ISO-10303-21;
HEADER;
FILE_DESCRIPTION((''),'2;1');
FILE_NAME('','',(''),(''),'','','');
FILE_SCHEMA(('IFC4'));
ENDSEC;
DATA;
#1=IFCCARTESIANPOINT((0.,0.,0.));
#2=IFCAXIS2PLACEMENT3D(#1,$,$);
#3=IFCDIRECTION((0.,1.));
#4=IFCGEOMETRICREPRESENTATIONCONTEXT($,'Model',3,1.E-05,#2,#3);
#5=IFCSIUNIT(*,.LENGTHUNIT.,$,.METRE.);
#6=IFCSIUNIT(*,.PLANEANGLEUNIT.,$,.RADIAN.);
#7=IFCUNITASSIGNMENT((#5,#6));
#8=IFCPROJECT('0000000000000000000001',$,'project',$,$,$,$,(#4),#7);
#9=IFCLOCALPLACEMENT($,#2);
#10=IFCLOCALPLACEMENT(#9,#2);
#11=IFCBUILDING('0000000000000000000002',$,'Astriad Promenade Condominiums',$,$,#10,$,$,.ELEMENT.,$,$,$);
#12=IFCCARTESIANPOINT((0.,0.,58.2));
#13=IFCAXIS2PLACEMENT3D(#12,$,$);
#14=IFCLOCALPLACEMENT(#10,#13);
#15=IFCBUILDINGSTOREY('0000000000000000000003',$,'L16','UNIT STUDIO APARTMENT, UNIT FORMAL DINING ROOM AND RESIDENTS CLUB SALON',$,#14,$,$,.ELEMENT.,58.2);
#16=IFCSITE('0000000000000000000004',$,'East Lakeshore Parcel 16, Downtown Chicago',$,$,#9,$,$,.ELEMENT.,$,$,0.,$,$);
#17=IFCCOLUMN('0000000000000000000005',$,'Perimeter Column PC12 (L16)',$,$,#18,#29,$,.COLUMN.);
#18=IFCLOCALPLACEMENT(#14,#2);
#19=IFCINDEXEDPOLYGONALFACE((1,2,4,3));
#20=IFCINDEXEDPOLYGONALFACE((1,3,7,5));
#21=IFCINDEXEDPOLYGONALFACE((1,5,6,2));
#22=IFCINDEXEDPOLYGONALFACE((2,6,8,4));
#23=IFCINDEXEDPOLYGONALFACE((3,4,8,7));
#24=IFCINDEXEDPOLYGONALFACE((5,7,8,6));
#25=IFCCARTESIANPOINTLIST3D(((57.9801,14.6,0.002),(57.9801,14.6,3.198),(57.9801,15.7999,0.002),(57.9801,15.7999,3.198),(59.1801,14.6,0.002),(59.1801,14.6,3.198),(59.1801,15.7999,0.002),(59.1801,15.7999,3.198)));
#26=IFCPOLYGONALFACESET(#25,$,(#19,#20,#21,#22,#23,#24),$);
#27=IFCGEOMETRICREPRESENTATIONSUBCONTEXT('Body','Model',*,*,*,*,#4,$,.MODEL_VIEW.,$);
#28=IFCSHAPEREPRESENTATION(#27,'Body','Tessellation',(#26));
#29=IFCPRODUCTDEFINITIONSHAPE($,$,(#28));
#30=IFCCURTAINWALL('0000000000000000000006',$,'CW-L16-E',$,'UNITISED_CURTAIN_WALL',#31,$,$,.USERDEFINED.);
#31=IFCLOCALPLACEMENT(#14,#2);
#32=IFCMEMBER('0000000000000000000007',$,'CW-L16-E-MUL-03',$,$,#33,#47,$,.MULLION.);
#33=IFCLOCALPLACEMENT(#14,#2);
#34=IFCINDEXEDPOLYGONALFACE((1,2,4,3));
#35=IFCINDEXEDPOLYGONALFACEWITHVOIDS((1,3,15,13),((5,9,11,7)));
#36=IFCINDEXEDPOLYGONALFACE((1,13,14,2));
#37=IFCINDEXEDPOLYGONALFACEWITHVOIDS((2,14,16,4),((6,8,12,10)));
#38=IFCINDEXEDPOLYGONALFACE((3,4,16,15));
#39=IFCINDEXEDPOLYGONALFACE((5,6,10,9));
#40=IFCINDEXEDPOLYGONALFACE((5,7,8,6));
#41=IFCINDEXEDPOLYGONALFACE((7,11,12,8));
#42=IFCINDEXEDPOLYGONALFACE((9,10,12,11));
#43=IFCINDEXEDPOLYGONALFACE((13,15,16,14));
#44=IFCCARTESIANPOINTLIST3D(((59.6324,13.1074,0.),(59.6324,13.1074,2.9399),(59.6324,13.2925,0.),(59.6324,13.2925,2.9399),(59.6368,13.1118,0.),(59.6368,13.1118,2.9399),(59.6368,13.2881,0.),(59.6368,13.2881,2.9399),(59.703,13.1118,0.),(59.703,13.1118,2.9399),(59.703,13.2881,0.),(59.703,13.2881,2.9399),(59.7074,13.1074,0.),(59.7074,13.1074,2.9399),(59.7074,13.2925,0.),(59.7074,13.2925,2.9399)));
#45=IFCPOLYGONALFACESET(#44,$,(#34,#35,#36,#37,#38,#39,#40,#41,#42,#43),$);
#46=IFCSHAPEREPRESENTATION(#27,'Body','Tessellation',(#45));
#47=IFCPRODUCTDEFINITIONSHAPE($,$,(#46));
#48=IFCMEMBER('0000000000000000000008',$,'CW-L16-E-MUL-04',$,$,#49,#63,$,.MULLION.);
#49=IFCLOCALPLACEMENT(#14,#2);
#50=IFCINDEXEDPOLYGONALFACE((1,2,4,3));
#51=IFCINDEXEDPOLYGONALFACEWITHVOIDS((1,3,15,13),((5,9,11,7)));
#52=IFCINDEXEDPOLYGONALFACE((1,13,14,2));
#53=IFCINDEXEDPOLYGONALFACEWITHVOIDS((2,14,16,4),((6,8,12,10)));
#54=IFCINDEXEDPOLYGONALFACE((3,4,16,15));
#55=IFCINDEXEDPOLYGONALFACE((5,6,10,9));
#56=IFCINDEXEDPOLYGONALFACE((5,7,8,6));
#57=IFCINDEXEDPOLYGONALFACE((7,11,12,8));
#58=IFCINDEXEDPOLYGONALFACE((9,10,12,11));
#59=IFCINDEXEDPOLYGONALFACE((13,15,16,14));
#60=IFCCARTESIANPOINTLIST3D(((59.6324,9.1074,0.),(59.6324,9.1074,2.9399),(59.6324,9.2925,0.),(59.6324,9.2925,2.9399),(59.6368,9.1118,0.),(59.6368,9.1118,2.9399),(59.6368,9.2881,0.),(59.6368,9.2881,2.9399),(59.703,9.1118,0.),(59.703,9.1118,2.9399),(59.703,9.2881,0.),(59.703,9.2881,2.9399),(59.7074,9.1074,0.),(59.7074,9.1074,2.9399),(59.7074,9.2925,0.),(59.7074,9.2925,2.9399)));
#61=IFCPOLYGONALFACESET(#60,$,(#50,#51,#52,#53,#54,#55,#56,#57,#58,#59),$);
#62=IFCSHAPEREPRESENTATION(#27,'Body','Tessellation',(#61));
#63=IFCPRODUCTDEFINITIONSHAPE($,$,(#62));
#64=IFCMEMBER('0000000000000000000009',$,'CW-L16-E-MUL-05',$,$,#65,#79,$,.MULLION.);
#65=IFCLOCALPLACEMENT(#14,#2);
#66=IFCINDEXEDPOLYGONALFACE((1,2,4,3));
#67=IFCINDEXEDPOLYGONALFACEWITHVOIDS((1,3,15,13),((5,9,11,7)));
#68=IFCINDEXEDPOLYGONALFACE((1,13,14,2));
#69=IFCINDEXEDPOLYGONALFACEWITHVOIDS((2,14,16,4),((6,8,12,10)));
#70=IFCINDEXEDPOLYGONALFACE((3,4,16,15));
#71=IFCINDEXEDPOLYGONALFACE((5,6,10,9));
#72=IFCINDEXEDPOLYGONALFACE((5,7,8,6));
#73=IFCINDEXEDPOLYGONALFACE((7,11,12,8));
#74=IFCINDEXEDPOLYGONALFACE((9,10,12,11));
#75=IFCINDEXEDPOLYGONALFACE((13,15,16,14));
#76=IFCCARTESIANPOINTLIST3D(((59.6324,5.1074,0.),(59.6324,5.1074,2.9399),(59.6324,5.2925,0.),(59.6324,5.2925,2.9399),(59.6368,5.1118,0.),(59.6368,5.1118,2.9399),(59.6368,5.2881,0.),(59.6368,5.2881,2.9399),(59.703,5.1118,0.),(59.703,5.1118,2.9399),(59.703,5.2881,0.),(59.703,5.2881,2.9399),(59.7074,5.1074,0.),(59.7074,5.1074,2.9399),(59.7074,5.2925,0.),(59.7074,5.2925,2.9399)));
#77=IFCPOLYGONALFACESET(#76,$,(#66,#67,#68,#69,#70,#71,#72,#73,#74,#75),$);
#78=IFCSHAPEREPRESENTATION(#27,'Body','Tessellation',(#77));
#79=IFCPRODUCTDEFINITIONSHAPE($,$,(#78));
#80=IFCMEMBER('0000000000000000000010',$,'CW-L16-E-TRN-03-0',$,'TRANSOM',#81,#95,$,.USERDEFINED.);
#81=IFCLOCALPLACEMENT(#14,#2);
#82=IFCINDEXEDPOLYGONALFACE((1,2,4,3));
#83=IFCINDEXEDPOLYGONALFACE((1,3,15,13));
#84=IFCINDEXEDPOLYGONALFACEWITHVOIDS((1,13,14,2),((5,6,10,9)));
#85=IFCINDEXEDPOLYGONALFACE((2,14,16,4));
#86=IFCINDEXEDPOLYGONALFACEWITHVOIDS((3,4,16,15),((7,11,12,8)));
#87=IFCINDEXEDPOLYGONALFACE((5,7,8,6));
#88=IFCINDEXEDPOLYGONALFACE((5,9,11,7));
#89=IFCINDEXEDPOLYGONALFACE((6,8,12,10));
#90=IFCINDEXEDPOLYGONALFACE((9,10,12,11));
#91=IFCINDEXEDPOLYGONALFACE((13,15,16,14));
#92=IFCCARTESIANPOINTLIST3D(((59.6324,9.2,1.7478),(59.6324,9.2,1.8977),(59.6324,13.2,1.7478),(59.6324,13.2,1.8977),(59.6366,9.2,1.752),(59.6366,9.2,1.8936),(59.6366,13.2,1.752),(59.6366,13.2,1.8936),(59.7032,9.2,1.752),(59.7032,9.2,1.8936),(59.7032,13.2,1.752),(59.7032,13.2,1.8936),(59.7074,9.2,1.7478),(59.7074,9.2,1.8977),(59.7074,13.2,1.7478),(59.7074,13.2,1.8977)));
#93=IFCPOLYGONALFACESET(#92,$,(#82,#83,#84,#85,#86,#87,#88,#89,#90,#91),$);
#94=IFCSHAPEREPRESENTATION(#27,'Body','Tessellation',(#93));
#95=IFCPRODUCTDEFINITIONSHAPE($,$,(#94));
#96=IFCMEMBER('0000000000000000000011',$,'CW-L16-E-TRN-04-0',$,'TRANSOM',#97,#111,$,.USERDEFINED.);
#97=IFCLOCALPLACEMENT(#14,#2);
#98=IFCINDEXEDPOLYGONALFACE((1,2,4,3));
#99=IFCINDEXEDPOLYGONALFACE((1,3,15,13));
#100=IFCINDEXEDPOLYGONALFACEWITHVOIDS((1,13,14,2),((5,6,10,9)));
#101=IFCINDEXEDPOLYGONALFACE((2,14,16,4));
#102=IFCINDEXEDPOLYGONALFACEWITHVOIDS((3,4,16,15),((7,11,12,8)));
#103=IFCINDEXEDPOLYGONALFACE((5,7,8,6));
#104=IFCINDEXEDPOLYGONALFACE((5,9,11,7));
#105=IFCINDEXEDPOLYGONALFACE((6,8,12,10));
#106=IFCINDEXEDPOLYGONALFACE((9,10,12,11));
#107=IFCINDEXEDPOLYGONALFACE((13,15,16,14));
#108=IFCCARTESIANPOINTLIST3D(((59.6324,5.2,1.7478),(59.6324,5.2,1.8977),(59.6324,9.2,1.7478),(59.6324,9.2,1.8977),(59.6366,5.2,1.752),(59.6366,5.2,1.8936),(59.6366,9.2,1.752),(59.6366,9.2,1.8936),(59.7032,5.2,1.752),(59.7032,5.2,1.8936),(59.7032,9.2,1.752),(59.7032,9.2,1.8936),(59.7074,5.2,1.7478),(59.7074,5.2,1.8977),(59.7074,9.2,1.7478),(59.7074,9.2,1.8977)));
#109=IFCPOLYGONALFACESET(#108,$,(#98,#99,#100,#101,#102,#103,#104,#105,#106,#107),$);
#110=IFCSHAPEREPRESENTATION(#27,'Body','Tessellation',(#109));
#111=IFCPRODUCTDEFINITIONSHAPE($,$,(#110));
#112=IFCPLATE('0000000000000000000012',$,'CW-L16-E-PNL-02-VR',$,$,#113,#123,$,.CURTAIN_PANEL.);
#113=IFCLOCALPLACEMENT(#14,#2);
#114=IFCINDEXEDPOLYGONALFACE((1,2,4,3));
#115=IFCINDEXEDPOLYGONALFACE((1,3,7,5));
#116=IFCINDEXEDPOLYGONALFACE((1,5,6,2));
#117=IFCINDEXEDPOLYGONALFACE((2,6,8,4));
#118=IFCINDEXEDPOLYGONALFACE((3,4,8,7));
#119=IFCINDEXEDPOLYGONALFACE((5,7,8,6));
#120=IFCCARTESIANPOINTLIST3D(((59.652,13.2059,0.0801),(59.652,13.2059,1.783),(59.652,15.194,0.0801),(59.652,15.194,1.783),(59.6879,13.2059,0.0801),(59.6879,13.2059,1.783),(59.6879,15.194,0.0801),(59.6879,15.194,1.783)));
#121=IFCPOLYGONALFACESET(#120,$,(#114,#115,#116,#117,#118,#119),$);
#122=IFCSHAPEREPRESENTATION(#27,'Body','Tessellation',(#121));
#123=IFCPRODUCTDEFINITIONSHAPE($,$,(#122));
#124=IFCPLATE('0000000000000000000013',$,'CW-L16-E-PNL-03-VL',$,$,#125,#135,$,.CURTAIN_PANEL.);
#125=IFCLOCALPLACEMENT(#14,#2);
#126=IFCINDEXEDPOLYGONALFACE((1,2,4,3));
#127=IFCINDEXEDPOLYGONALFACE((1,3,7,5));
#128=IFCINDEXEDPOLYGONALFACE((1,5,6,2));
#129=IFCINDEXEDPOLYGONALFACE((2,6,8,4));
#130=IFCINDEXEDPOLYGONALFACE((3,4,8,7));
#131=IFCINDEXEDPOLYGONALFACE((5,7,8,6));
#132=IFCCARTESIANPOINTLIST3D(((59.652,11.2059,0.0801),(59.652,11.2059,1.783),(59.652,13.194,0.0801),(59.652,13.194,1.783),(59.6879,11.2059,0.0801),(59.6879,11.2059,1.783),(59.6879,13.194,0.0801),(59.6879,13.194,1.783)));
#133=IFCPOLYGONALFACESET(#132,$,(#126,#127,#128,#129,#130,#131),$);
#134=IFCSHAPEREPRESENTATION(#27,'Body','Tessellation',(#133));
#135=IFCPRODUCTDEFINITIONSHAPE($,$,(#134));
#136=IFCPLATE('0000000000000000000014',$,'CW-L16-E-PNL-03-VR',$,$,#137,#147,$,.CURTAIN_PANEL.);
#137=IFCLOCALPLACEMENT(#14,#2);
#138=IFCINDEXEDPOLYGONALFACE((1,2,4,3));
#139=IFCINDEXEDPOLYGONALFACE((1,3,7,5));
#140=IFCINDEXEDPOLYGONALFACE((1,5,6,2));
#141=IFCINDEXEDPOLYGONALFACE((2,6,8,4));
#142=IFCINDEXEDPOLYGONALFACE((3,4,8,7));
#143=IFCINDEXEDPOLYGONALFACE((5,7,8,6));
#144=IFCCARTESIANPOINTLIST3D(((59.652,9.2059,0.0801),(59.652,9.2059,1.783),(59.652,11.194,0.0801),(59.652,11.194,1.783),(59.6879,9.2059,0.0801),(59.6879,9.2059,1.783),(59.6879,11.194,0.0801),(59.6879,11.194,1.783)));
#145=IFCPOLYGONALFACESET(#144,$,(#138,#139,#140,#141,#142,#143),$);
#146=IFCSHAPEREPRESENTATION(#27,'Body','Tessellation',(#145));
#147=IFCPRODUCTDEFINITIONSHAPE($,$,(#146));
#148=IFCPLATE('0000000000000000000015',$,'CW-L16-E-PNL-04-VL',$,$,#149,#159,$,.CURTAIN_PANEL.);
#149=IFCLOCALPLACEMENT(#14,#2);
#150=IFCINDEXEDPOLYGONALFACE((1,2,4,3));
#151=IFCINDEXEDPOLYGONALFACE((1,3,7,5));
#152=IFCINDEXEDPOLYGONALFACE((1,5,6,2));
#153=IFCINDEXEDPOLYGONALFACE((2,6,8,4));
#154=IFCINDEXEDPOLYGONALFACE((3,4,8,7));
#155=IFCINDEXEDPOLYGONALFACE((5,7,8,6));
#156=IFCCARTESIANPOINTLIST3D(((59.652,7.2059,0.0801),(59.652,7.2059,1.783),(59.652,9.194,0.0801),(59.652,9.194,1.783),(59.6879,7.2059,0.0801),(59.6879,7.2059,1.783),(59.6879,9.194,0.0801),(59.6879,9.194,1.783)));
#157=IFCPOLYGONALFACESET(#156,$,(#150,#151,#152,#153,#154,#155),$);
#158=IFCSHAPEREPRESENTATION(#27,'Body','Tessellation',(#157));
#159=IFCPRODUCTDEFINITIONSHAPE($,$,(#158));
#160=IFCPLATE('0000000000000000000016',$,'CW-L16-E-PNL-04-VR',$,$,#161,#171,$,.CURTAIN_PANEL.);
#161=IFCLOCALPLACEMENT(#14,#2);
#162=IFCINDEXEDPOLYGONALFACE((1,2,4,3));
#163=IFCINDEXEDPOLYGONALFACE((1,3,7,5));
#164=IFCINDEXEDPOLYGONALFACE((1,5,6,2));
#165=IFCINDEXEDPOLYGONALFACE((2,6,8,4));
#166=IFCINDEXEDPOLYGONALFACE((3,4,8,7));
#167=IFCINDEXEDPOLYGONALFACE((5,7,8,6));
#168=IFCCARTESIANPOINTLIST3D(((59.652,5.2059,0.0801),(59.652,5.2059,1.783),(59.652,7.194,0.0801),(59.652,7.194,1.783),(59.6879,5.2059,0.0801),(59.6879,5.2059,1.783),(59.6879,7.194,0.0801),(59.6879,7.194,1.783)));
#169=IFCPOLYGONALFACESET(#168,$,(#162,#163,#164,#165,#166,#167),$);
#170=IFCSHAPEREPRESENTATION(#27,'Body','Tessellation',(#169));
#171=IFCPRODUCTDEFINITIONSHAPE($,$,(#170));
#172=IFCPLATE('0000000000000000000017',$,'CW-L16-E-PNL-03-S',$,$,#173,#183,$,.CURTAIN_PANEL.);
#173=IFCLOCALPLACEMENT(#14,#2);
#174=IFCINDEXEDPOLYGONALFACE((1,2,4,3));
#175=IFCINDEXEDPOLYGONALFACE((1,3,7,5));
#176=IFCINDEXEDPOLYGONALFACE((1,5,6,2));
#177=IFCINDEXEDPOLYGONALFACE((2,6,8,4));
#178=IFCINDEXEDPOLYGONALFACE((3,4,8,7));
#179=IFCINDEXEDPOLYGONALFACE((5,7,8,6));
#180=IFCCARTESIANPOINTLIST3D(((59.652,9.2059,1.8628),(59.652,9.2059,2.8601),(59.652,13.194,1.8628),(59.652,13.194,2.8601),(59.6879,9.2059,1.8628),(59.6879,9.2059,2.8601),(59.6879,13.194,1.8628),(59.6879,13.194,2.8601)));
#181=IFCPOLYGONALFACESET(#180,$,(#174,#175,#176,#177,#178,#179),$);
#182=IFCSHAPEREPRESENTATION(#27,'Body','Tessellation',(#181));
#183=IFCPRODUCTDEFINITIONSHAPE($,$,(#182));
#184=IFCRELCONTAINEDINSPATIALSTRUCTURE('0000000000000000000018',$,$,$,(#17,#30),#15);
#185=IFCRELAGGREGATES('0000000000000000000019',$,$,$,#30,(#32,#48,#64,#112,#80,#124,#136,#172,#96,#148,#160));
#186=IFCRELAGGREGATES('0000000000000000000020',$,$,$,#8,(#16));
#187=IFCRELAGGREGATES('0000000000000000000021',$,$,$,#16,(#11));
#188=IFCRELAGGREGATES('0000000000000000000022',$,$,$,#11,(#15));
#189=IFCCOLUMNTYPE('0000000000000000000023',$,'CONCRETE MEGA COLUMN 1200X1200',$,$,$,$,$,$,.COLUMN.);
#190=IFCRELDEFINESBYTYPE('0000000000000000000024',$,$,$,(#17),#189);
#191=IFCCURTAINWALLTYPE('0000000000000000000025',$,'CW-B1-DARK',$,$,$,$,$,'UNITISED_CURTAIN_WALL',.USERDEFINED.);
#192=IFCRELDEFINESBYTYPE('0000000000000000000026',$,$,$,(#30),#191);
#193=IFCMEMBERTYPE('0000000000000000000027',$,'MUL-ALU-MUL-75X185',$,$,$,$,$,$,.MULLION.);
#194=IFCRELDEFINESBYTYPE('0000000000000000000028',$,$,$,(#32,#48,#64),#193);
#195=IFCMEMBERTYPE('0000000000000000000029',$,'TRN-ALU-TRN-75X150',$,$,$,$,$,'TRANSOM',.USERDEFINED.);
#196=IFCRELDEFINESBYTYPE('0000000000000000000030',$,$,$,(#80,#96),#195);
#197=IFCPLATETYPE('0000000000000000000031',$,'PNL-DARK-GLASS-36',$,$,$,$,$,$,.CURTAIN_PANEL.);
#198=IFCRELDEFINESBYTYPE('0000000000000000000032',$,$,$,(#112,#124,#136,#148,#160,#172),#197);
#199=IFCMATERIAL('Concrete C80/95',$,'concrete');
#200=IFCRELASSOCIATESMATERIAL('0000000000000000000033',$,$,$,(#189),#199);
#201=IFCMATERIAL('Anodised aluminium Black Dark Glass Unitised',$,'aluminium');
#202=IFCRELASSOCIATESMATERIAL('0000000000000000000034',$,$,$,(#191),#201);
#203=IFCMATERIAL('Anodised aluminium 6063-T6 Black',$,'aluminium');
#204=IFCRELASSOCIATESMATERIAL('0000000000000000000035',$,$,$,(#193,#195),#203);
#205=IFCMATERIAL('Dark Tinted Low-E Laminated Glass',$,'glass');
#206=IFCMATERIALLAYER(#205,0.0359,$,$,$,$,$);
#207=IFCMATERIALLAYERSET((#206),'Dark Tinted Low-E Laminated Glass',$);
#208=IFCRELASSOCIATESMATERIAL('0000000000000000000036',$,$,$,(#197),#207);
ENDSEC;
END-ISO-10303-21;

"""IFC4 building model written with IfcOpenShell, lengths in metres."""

from ifc_helpers import new_model, si_unit, direction, frame, origin, origin_2d, place, context, subcontext, project, spatial, rectangle, hollow_rectangle, extrude, source, transform, mapped, material, layer, layer_set, material_profile, profile_set, type_object, type_shapes, element, aggregate, save


model = new_model("IFC4")

# Units and contexts
model_context = context("Model", 3, precision=1e-05, world=origin(), true_north=direction((0.0, 1.0)))
body_context = subcontext(model_context, "Body", "Model", "MODEL_VIEW")
ifc_project = project(units=[si_unit("LENGTHUNIT", "METRE"), si_unit("PLANEANGLEUNIT", "RADIAN")], contexts=[model_context])

# Site, building, storey
site_placement = place(None, origin())
site = spatial("IfcSite", under=ifc_project, at=site_placement, Name="East Lakeshore Parcel 16, Downtown Chicago", CompositionType="ELEMENT", RefElevation=0.0)
building_placement = place(site_placement, origin())
building = spatial("IfcBuilding", under=site, at=building_placement, Name="Astriad Promenade Condominiums", CompositionType="ELEMENT")
storey_placement = place(building_placement, frame((0.0, 0.0, 58.2)))
storey = spatial("IfcBuildingStorey", under=building, at=storey_placement, Name="L16", Description="UNIT STUDIO APARTMENT, UNIT FORMAL DINING ROOM AND RESIDENTS CLUB SALON", CompositionType="ELEMENT", Elevation=58.2)

# Column
ifc_material_1 = material(Name="Concrete C80/95", Category="concrete")
ifc_material_profile_1 = material_profile(ifc_material_1, rectangle(XDim=1.2, YDim=1.2, at=origin_2d()), Name="RC-COL-1200X1200")
ifc_profile_set_1 = profile_set([ifc_material_profile_1], Name="Concrete C80/95")
column_type = type_object("IfcColumnType", Name="CONCRETE MEGA COLUMN 1200X1200", PredefinedType="COLUMN", material=ifc_profile_set_1)
shared_shape_1 = source(origin(), body_context, "Body", "SweptSolid", [
    extrude(rectangle(XDim=1.2, YDim=1.2, at=origin_2d()), origin(), (0.0, 0.0, 1.0), 3.196),
])
type_shapes(column_type, [shared_shape_1])
column_placement = place(storey_placement, frame((58.5801, 15.2, 0.002), z_axis=(0.0, 0.0, 1.0), x_axis=(1.0, 0.0, 0.0)))
element("IfcColumn", 1, at=column_placement, inside=storey, type_object=column_type, Name="Perimeter Column PC12 (L16)", PredefinedType="COLUMN", context=body_context, shape_type="MappedRepresentation", body=[
    mapped(shared_shape_1, transform((0.0, 0.0, 0.0), scale=1.0)),
])

# Curtain wall, members, plates
ifc_material_2 = material(Name="Anodised aluminium Black Dark Glass Unitised", Category="aluminium")
curtain_wall_type = type_object("IfcCurtainWallType", Name="CW-B1-DARK", ElementType="UNITISED_CURTAIN_WALL", PredefinedType="USERDEFINED", material=ifc_material_2)
curtain_wall_placement = place(storey_placement, origin())
curtain_wall = element("IfcCurtainWall", 2, at=curtain_wall_placement, inside=storey, type_object=curtain_wall_type, Name="CW-L16-E", ObjectType="UNITISED_CURTAIN_WALL", PredefinedType="USERDEFINED")
ifc_material_3 = material(Name="Anodised aluminium 6063-T6 Black", Category="aluminium")
ifc_material_profile_2 = material_profile(ifc_material_3, hollow_rectangle(XDim=0.075, YDim=0.1851, WallThickness=0.0044, at=origin_2d()), Name="ALU-MUL-75X185")
ifc_profile_set_2 = profile_set([ifc_material_profile_2], Name="Anodised aluminium 6063-T6 Black")
member_type_1 = type_object("IfcMemberType", Name="MUL-ALU-MUL-75X185", PredefinedType="MULLION", material=ifc_profile_set_2)
shared_shape_2 = source(origin(), body_context, "Body", "SweptSolid", [
    extrude(hollow_rectangle(XDim=0.075, YDim=0.1851, WallThickness=0.0044, at=origin_2d()), origin(), (0.0, 0.0, 1.0), 2.9399),
])
type_shapes(member_type_1, [shared_shape_2])
member_1_placement = place(storey_placement, frame((59.6699, 13.2, 0.0), z_axis=(0.0, 0.0, 1.0), x_axis=(1.0, 0.0, 0.0)))
member_1 = element("IfcMember", 3, at=member_1_placement, type_object=member_type_1, Name="CW-L16-E-MUL-03", PredefinedType="MULLION", context=body_context, shape_type="MappedRepresentation", body=[
    mapped(shared_shape_2, transform((0.0, 0.0, 0.0), scale=1.0)),
])
member_2_placement = place(storey_placement, frame((59.6699, 9.2, 0.0), z_axis=(0.0, 0.0, 1.0), x_axis=(1.0, 0.0, 0.0)))
member_2 = element("IfcMember", 4, at=member_2_placement, type_object=member_type_1, Name="CW-L16-E-MUL-04", PredefinedType="MULLION", context=body_context, shape_type="MappedRepresentation", body=[
    mapped(shared_shape_2, transform((0.0, 0.0, 0.0), scale=1.0)),
])
member_3_placement = place(storey_placement, frame((59.6699, 5.2, 0.0), z_axis=(0.0, 0.0, 1.0), x_axis=(1.0, 0.0, 0.0)))
member_3 = element("IfcMember", 5, at=member_3_placement, type_object=member_type_1, Name="CW-L16-E-MUL-05", PredefinedType="MULLION", context=body_context, shape_type="MappedRepresentation", body=[
    mapped(shared_shape_2, transform((0.0, 0.0, 0.0), scale=1.0)),
])
ifc_material_profile_3 = material_profile(ifc_material_3, hollow_rectangle(XDim=0.075, YDim=0.1499, WallThickness=0.0042, at=origin_2d()), Name="ALU-TRN-75X150")
ifc_profile_set_3 = profile_set([ifc_material_profile_3], Name="Anodised aluminium 6063-T6 Black")
member_type_2 = type_object("IfcMemberType", Name="TRN-ALU-TRN-75X150", ElementType="TRANSOM", PredefinedType="USERDEFINED", material=ifc_profile_set_3)
shared_shape_3 = source(origin(), body_context, "Body", "SweptSolid", [
    extrude(hollow_rectangle(XDim=0.075, YDim=0.1499, WallThickness=0.0042, at=origin_2d()), origin(), (0.0, 0.0, 1.0), 4.0),
])
type_shapes(member_type_2, [shared_shape_3])
member_4_placement = place(storey_placement, frame((59.6699, 13.2, 1.8228), z_axis=(0.0, -1.0, 0.0), x_axis=(1.0, 0.0, 0.0)))
member_4 = element("IfcMember", 6, at=member_4_placement, type_object=member_type_2, Name="CW-L16-E-TRN-03-0", ObjectType="TRANSOM", PredefinedType="USERDEFINED", context=body_context, shape_type="MappedRepresentation", body=[
    mapped(shared_shape_3, transform((0.0, 0.0, 0.0), scale=1.0)),
])
member_5_placement = place(storey_placement, frame((59.6699, 9.2, 1.8228), z_axis=(0.0, -1.0, 0.0), x_axis=(1.0, 0.0, 0.0)))
member_5 = element("IfcMember", 7, at=member_5_placement, type_object=member_type_2, Name="CW-L16-E-TRN-04-0", ObjectType="TRANSOM", PredefinedType="USERDEFINED", context=body_context, shape_type="MappedRepresentation", body=[
    mapped(shared_shape_3, transform((0.0, 0.0, 0.0), scale=1.0)),
])
ifc_material_4 = material(Name="Dark Tinted Low-E Laminated Glass", Category="glass")
ifc_layer_1 = layer(ifc_material_4, 0.0359)
ifc_layer_set_1 = layer_set([ifc_layer_1], Name="Dark Tinted Low-E Laminated Glass")
plate_type = type_object("IfcPlateType", Name="PNL-DARK-GLASS-36", PredefinedType="CURTAIN_PANEL", material=ifc_layer_set_1)
shared_shape_4 = source(origin(), body_context, "Body", "SweptSolid", [
    extrude(rectangle(XDim=1.988, YDim=0.0359, at=origin_2d()), origin(), (0.0, 0.0, 1.0), 1.7029),
])
plate_1_placement = place(storey_placement, frame((59.6699, 14.2, 0.0801), z_axis=(0.0, 0.0, 1.0), x_axis=(0.0, -1.0, 0.0)))
plate_1 = element("IfcPlate", 8, at=plate_1_placement, type_object=plate_type, Name="CW-L16-E-PNL-02-VR", PredefinedType="CURTAIN_PANEL", context=body_context, shape_type="MappedRepresentation", body=[
    mapped(shared_shape_4, transform((0.0, 0.0, 0.0), scale=1.0)),
])
plate_2_placement = place(storey_placement, frame((59.6699, 12.2, 0.0801), z_axis=(0.0, 0.0, 1.0), x_axis=(0.0, -1.0, 0.0)))
plate_2 = element("IfcPlate", 9, at=plate_2_placement, type_object=plate_type, Name="CW-L16-E-PNL-03-VL", PredefinedType="CURTAIN_PANEL", context=body_context, shape_type="MappedRepresentation", body=[
    mapped(shared_shape_4, transform((0.0, 0.0, 0.0), scale=1.0)),
])
plate_3_placement = place(storey_placement, frame((59.6699, 10.2, 0.0801), z_axis=(0.0, 0.0, 1.0), x_axis=(0.0, -1.0, 0.0)))
plate_3 = element("IfcPlate", 10, at=plate_3_placement, type_object=plate_type, Name="CW-L16-E-PNL-03-VR", PredefinedType="CURTAIN_PANEL", context=body_context, shape_type="MappedRepresentation", body=[
    mapped(shared_shape_4, transform((0.0, 0.0, 0.0), scale=1.0)),
])
plate_4_placement = place(storey_placement, frame((59.6699, 8.2, 0.0801), z_axis=(0.0, 0.0, 1.0), x_axis=(0.0, -1.0, 0.0)))
plate_4 = element("IfcPlate", 11, at=plate_4_placement, type_object=plate_type, Name="CW-L16-E-PNL-04-VL", PredefinedType="CURTAIN_PANEL", context=body_context, shape_type="MappedRepresentation", body=[
    mapped(shared_shape_4, transform((0.0, 0.0, 0.0), scale=1.0)),
])
plate_5_placement = place(storey_placement, frame((59.6699, 6.2, 0.0801), z_axis=(0.0, 0.0, 1.0), x_axis=(0.0, -1.0, 0.0)))
plate_5 = element("IfcPlate", 12, at=plate_5_placement, type_object=plate_type, Name="CW-L16-E-PNL-04-VR", PredefinedType="CURTAIN_PANEL", context=body_context, shape_type="MappedRepresentation", body=[
    mapped(shared_shape_4, transform((0.0, 0.0, 0.0), scale=1.0)),
])
shared_shape_5 = source(origin(), body_context, "Body", "SweptSolid", [
    extrude(rectangle(XDim=3.988, YDim=0.0359, at=origin_2d()), origin(), (0.0, 0.0, 1.0), 0.9973),
])
type_shapes(plate_type, [shared_shape_4, shared_shape_5])
plate_6_placement = place(storey_placement, frame((59.6699, 11.2, 1.8628), z_axis=(0.0, 0.0, 1.0), x_axis=(0.0, -1.0, 0.0)))
plate_6 = element("IfcPlate", 13, at=plate_6_placement, type_object=plate_type, Name="CW-L16-E-PNL-03-S", PredefinedType="CURTAIN_PANEL", context=body_context, shape_type="MappedRepresentation", body=[
    mapped(shared_shape_5, transform((0.0, 0.0, 0.0), scale=1.0)),
])
aggregate(curtain_wall, [member_1, member_2, member_3, plate_1, member_4, plate_2, plate_3, plate_6, member_5, plate_4, plate_5])

save(model, "model.ifc")
